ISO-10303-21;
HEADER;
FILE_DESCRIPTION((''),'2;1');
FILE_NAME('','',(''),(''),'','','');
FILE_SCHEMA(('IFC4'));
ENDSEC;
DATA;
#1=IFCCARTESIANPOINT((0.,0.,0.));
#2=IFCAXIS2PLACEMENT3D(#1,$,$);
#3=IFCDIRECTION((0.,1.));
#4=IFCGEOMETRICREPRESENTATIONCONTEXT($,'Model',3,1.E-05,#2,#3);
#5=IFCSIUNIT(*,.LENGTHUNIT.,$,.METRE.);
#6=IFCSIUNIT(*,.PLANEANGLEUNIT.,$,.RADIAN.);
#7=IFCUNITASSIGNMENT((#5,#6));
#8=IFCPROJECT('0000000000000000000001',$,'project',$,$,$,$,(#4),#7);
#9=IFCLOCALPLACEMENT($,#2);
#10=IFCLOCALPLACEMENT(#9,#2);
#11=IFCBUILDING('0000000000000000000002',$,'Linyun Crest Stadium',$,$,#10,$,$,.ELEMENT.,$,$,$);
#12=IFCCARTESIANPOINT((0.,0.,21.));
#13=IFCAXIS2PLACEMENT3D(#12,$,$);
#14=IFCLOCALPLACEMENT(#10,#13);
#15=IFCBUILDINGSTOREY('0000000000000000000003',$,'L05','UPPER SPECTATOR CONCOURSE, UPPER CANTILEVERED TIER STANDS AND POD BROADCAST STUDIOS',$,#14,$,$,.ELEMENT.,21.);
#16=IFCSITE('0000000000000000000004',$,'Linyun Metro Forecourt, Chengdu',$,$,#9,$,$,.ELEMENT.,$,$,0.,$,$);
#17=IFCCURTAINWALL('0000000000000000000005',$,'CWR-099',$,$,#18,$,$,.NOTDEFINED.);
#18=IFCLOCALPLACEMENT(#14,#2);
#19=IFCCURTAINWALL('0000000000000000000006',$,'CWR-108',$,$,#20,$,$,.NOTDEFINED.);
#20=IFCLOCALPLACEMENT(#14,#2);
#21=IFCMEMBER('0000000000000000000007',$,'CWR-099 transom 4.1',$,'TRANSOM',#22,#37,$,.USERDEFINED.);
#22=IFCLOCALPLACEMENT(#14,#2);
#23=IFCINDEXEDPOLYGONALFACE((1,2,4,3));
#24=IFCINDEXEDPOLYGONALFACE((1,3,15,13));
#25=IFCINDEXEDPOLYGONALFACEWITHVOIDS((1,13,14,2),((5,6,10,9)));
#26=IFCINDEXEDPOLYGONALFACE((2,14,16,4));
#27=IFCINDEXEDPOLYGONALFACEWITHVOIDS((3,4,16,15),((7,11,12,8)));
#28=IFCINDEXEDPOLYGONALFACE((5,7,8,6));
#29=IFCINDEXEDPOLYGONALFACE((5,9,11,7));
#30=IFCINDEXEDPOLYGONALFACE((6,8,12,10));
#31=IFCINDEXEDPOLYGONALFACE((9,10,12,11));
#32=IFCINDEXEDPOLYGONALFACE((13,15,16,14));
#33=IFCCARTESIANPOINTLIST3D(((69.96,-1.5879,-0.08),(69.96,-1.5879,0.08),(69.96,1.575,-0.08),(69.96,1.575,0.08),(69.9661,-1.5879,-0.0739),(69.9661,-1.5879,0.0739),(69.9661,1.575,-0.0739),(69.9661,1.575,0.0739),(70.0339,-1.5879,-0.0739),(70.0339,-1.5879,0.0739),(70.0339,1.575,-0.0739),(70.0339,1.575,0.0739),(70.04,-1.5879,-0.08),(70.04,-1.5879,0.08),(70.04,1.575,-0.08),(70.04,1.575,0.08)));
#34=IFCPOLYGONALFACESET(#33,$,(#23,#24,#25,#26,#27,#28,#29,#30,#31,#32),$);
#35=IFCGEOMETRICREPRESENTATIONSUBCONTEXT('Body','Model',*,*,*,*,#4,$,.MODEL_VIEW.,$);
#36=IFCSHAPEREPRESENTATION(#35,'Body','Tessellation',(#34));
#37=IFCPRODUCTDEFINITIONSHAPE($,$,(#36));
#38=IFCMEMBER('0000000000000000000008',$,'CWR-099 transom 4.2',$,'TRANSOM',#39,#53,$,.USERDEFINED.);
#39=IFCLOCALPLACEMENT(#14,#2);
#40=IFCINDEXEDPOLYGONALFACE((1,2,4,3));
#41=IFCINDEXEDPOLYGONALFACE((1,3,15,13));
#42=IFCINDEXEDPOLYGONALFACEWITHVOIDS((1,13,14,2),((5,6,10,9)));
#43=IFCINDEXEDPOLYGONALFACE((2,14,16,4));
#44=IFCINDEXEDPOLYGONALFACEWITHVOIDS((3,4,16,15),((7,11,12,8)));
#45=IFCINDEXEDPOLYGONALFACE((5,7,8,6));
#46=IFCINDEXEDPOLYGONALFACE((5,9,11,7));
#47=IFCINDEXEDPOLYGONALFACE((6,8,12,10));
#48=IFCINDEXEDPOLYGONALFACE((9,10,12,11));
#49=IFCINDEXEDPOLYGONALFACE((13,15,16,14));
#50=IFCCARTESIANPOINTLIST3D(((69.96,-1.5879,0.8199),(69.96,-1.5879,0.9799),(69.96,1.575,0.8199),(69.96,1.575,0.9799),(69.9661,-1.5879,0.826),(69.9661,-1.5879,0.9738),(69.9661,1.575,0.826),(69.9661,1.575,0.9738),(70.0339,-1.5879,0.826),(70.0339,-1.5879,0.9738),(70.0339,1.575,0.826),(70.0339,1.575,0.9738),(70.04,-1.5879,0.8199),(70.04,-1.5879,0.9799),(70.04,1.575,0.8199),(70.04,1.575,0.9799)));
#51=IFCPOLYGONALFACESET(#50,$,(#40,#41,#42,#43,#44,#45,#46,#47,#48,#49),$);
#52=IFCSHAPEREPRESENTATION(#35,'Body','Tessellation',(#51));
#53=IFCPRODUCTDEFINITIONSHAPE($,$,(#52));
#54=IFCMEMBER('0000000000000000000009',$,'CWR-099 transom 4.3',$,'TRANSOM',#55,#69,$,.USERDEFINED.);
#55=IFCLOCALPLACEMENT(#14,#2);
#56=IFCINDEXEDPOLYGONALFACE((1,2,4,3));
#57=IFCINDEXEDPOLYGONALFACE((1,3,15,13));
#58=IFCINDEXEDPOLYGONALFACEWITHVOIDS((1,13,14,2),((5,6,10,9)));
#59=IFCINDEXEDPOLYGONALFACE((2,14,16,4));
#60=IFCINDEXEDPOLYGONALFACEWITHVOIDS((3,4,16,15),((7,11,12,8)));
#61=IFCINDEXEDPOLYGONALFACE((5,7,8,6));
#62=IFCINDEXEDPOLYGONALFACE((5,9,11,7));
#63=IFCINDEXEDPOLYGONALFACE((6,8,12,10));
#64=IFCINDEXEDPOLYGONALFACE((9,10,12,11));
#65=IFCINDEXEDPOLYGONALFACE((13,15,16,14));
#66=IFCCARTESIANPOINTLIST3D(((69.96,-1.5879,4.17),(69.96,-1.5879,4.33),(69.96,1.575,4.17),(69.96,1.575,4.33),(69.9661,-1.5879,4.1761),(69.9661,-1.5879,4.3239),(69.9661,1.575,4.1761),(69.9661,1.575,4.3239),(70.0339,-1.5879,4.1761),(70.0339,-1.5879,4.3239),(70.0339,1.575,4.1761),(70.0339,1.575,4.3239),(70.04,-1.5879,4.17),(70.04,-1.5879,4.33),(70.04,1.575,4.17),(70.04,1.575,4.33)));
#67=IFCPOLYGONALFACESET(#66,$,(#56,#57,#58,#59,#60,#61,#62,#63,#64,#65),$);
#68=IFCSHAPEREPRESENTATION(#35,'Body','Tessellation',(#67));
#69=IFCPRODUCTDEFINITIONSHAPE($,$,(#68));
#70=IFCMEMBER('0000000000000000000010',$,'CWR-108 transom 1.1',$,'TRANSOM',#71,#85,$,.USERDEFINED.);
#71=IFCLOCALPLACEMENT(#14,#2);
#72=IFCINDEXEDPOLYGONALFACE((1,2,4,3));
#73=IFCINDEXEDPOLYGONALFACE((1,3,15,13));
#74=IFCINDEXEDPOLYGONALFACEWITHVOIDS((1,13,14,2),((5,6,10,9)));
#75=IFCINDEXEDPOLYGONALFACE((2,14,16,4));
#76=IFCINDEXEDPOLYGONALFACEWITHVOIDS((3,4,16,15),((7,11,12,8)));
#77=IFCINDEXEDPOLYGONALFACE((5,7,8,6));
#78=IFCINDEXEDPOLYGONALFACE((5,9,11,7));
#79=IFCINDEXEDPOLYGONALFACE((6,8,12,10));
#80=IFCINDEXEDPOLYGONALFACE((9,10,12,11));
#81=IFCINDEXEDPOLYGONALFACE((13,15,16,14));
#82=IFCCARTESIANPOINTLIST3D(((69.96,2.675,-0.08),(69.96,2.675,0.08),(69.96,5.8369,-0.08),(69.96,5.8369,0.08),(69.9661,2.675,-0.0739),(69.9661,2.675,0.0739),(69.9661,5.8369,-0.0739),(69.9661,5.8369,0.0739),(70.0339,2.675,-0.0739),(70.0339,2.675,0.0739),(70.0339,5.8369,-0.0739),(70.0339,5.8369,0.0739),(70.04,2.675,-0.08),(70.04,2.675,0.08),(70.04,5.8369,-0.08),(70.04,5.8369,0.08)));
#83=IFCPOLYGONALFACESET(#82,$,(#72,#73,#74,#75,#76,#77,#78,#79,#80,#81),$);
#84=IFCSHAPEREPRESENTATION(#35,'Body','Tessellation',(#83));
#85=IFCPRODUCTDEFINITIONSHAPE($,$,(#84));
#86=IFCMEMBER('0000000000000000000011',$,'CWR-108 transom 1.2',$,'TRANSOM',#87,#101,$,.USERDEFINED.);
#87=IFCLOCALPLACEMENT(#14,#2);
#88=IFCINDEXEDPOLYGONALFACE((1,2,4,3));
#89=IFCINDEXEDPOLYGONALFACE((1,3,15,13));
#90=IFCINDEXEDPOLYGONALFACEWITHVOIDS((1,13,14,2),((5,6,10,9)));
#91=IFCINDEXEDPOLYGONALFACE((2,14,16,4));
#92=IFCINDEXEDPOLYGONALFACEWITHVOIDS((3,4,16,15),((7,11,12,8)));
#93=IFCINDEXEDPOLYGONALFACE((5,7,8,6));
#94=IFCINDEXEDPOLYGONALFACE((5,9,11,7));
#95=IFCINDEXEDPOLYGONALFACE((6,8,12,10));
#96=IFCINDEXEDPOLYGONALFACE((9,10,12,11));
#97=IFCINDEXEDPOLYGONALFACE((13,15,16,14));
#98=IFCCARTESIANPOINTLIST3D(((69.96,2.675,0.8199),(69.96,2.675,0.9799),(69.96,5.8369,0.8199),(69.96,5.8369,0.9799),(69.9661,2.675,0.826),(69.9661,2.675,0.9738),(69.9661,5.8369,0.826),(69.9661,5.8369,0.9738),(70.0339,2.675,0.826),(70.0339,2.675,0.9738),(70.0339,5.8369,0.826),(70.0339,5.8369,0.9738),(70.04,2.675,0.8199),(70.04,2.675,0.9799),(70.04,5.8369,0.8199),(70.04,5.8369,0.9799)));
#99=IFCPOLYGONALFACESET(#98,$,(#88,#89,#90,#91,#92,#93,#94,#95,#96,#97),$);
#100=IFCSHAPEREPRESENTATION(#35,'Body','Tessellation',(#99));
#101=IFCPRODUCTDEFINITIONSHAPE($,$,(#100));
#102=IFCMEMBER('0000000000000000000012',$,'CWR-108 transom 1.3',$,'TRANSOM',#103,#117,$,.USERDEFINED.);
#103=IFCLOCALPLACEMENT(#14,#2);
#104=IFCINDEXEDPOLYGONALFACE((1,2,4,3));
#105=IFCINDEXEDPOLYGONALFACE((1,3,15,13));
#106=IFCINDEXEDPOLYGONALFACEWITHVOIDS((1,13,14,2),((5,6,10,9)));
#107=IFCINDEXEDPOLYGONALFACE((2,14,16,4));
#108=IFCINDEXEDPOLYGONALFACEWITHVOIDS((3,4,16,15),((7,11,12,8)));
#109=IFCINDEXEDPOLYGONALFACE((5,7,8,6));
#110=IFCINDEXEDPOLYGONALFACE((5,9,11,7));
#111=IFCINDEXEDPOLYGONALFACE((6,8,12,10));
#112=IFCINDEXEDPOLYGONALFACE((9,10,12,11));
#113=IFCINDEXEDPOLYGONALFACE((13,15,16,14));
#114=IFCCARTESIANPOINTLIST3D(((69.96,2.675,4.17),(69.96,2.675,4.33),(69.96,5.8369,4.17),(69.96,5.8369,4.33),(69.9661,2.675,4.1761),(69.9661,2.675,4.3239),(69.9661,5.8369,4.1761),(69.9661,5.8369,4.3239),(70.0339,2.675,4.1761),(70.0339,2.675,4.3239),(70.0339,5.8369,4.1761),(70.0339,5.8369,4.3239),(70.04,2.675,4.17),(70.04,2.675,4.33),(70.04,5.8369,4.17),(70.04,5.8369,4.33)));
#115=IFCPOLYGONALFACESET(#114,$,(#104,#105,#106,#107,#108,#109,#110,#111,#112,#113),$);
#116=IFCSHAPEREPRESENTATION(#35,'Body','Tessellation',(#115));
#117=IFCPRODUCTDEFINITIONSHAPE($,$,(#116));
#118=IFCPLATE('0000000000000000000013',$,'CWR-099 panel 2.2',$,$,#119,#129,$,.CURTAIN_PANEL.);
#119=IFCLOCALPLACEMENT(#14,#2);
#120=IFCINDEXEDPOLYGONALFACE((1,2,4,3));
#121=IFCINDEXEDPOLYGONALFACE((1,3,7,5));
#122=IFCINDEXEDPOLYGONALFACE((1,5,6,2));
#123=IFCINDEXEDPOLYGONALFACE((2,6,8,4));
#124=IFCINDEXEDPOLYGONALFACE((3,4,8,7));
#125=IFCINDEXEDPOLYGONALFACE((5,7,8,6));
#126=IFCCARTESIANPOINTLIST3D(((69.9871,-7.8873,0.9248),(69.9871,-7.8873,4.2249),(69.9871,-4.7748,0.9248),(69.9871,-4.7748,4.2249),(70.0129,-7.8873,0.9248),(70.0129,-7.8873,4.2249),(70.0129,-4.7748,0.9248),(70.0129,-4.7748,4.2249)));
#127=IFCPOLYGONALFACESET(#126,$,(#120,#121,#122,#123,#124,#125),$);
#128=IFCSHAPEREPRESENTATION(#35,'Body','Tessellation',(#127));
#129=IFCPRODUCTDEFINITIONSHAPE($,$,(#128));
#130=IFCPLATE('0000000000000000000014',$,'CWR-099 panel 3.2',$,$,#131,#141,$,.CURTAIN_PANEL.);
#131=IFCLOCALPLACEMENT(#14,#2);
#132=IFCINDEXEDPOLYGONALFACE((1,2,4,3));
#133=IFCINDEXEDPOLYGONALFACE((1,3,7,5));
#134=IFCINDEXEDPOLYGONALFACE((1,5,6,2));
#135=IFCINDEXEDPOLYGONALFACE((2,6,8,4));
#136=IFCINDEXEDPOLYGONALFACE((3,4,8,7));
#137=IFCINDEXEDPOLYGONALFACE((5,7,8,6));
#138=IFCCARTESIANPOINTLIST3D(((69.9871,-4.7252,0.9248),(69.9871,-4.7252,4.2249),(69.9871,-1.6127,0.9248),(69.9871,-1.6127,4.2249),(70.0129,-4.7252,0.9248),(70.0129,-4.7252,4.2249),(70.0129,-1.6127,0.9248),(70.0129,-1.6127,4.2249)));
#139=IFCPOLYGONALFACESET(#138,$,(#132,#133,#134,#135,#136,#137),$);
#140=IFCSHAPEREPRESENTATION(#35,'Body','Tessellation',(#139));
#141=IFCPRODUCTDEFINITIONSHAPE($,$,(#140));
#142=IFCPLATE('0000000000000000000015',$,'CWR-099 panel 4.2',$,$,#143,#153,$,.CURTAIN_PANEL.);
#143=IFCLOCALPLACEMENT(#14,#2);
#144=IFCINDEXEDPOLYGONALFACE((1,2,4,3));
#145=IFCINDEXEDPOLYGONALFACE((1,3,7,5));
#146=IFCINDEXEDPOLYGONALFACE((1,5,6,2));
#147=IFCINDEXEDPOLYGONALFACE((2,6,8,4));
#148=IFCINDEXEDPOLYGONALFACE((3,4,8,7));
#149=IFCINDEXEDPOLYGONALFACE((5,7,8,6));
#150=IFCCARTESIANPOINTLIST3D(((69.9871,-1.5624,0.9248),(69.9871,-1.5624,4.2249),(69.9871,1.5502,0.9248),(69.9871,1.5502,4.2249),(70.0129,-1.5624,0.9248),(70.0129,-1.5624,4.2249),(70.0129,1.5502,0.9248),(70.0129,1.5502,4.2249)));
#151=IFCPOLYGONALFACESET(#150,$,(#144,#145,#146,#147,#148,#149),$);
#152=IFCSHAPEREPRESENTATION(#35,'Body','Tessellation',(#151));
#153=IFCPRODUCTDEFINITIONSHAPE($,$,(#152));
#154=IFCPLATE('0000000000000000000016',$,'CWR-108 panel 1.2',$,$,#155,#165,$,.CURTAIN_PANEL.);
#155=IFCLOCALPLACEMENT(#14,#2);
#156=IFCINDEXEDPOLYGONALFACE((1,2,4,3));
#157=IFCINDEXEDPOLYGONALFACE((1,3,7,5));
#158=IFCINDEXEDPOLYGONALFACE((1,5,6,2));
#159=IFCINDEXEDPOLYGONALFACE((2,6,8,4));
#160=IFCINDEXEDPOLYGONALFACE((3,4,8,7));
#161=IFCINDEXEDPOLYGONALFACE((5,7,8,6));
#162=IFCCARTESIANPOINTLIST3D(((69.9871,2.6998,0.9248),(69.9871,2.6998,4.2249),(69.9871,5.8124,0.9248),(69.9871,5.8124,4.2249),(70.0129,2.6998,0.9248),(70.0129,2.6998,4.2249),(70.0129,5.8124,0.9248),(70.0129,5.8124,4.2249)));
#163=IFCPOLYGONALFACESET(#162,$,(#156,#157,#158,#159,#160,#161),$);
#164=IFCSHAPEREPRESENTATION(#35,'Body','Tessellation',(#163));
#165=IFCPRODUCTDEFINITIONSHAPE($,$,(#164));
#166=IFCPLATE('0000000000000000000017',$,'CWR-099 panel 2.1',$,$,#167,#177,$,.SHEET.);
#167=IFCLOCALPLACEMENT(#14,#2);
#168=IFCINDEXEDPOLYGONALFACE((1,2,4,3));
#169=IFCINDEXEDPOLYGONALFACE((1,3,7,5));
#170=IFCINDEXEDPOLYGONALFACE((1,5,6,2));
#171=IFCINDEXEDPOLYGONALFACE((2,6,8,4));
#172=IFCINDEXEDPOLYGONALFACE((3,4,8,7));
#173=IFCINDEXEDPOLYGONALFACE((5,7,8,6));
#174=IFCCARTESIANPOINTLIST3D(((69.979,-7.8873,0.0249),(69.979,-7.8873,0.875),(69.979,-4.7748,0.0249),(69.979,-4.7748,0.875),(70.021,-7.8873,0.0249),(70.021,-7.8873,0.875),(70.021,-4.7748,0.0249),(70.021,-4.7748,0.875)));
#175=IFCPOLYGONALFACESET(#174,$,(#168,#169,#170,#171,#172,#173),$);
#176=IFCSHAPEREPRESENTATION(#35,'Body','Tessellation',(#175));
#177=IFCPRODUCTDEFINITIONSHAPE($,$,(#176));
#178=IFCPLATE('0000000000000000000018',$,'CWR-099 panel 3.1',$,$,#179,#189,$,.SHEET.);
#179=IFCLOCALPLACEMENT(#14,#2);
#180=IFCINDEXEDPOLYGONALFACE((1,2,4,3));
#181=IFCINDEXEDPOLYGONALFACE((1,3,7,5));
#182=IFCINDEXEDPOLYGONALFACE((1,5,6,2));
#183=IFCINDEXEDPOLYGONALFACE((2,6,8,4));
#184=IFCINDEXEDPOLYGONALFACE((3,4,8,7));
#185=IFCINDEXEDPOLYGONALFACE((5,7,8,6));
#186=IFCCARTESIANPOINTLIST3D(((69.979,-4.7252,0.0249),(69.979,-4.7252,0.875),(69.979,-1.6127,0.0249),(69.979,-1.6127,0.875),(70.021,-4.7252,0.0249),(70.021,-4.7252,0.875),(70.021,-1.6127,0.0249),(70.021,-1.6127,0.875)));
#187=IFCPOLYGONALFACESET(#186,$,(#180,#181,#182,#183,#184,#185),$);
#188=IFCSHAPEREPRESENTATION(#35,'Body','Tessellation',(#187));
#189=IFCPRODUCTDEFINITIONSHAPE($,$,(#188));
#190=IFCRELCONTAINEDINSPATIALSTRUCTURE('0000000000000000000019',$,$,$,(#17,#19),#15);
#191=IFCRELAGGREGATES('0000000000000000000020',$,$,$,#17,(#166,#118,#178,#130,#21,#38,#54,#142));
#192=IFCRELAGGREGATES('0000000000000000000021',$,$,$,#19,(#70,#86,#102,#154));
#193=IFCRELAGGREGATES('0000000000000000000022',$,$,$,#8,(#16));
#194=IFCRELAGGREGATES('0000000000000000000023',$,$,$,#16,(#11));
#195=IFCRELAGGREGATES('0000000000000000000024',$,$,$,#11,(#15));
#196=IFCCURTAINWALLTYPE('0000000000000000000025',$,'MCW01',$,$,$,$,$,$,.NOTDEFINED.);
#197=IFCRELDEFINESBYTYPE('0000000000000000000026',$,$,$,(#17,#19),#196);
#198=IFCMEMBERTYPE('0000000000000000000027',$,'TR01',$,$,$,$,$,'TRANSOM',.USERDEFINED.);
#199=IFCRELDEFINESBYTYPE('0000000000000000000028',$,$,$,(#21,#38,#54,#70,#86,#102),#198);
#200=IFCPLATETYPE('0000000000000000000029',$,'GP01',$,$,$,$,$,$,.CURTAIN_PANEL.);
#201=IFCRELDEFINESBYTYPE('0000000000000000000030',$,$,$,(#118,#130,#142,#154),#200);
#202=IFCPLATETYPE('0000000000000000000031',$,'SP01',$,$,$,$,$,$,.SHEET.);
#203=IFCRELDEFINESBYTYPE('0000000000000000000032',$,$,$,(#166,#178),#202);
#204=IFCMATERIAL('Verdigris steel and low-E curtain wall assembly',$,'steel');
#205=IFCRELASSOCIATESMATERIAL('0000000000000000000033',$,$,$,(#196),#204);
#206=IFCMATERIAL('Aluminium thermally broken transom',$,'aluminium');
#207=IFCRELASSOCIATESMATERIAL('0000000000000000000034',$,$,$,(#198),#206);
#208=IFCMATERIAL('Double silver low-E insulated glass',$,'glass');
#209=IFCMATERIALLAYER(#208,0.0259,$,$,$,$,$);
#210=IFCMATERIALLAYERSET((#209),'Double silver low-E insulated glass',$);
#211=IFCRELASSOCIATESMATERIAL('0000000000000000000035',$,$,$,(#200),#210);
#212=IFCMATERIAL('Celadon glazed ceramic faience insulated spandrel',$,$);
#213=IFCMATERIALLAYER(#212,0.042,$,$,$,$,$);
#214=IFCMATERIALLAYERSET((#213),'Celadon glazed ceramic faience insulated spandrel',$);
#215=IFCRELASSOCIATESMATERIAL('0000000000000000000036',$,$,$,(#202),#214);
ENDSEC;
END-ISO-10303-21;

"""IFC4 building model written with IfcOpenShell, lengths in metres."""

from ifc_helpers import new_model, si_unit, direction, frame, origin, origin_2d, place, context, subcontext, project, spatial, rectangle, hollow_rectangle, extrude, material, layer, layer_set, material_profile, profile_set, type_object, element, aggregate, save


model = new_model("IFC4")

# Units and contexts
model_context = context("Model", 3, precision=1e-05, world=origin(), true_north=direction((0.0, 1.0)))
body_context = subcontext(model_context, "Body", "Model", "MODEL_VIEW")
ifc_project = project(units=[si_unit("LENGTHUNIT", "METRE"), si_unit("PLANEANGLEUNIT", "RADIAN")], contexts=[model_context])

# Site, building, storey
site_placement = place(None, origin())
site = spatial("IfcSite", under=ifc_project, at=site_placement, Name="Linyun Metro Forecourt, Chengdu", CompositionType="ELEMENT", RefElevation=0.0)
building_placement = place(site_placement, origin())
building = spatial("IfcBuilding", under=site, at=building_placement, Name="Linyun Crest Stadium", CompositionType="ELEMENT")
storey_placement = place(building_placement, frame((0.0, 0.0, 21.0)))
storey = spatial("IfcBuildingStorey", under=building, at=storey_placement, Name="L05", Description="UPPER SPECTATOR CONCOURSE, UPPER CANTILEVERED TIER STANDS AND POD BROADCAST STUDIOS", CompositionType="ELEMENT", Elevation=21.0)

# Curtain walls
ifc_material_1 = material(Name="Verdigris steel and low-E curtain wall assembly", Category="steel")
curtain_wall_type = type_object("IfcCurtainWallType", Name="MCW01", PredefinedType="NOTDEFINED", material=ifc_material_1)
curtain_wall_1_placement = place(storey_placement, origin())
curtain_wall_1 = element("IfcCurtainWall", 1, at=curtain_wall_1_placement, inside=storey, type_object=curtain_wall_type, Name="CWR-099", PredefinedType="NOTDEFINED")
curtain_wall_2_placement = place(storey_placement, origin())
curtain_wall_2 = element("IfcCurtainWall", 2, at=curtain_wall_2_placement, inside=storey, type_object=curtain_wall_type, Name="CWR-108", PredefinedType="NOTDEFINED")

# Members
ifc_material_2 = material(Name="Aluminium thermally broken transom", Category="aluminium")
ifc_material_profile_1 = material_profile(ifc_material_2, hollow_rectangle(XDim=0.0801, YDim=0.1599, WallThickness=0.0061, at=origin_2d()), Name="RHS 160x80x6")
ifc_profile_set_1 = profile_set([ifc_material_profile_1], Name="Aluminium thermally broken transom")
member_type_1 = type_object("IfcMemberType", Name="TR01", ElementType="TRANSOM", PredefinedType="USERDEFINED", material=ifc_profile_set_1)
member_1_placement = place(storey_placement, frame((70.0, -1.5879, 0.0), z_axis=(0.0, 1.0, 0.0), x_axis=(-1.0, 0.0, 0.0)))
member_1 = element("IfcMember", 3, at=member_1_placement, type_object=member_type_1, Name="CWR-099 transom 4.1", ObjectType="TRANSOM", PredefinedType="USERDEFINED", context=body_context, shape_type="SweptSolid", body=[
    extrude(hollow_rectangle(XDim=0.0801, YDim=0.1599, WallThickness=0.0061, at=origin_2d()), origin(), (0.0, 0.0, 1.0), 3.1628),
])
member_2_placement = place(storey_placement, frame((70.0, -1.5879, 0.8999), z_axis=(0.0, 1.0, 0.0), x_axis=(-1.0, 0.0, 0.0)))
member_2 = element("IfcMember", 4, at=member_2_placement, type_object=member_type_1, Name="CWR-099 transom 4.2", ObjectType="TRANSOM", PredefinedType="USERDEFINED", context=body_context, shape_type="SweptSolid", body=[
    extrude(hollow_rectangle(XDim=0.0801, YDim=0.1599, WallThickness=0.0061, at=origin_2d()), origin(), (0.0, 0.0, 1.0), 3.1628),
])
member_3_placement = place(storey_placement, frame((70.0, -1.5879, 4.25), z_axis=(0.0, 1.0, 0.0), x_axis=(-1.0, 0.0, 0.0)))
member_3 = element("IfcMember", 5, at=member_3_placement, type_object=member_type_1, Name="CWR-099 transom 4.3", ObjectType="TRANSOM", PredefinedType="USERDEFINED", context=body_context, shape_type="SweptSolid", body=[
    extrude(hollow_rectangle(XDim=0.0801, YDim=0.1599, WallThickness=0.0061, at=origin_2d()), origin(), (0.0, 0.0, 1.0), 3.1628),
])
member_4_placement = place(storey_placement, frame((70.0, 2.675, 0.0), z_axis=(0.0, 1.0, 0.0), x_axis=(-1.0, 0.0, 0.0)))
member_4 = element("IfcMember", 6, at=member_4_placement, type_object=member_type_1, Name="CWR-108 transom 1.1", ObjectType="TRANSOM", PredefinedType="USERDEFINED", context=body_context, shape_type="SweptSolid", body=[
    extrude(hollow_rectangle(XDim=0.0801, YDim=0.1599, WallThickness=0.0061, at=origin_2d()), origin(), (0.0, 0.0, 1.0), 3.1619),
])
member_5_placement = place(storey_placement, frame((70.0, 2.675, 0.8999), z_axis=(0.0, 1.0, 0.0), x_axis=(-1.0, 0.0, 0.0)))
member_5 = element("IfcMember", 7, at=member_5_placement, type_object=member_type_1, Name="CWR-108 transom 1.2", ObjectType="TRANSOM", PredefinedType="USERDEFINED", context=body_context, shape_type="SweptSolid", body=[
    extrude(hollow_rectangle(XDim=0.0801, YDim=0.1599, WallThickness=0.0061, at=origin_2d()), origin(), (0.0, 0.0, 1.0), 3.1619),
])
member_6_placement = place(storey_placement, frame((70.0, 2.675, 4.25), z_axis=(0.0, 1.0, 0.0), x_axis=(-1.0, 0.0, 0.0)))
member_6 = element("IfcMember", 8, at=member_6_placement, type_object=member_type_1, Name="CWR-108 transom 1.3", ObjectType="TRANSOM", PredefinedType="USERDEFINED", context=body_context, shape_type="SweptSolid", body=[
    extrude(hollow_rectangle(XDim=0.0801, YDim=0.1599, WallThickness=0.0061, at=origin_2d()), origin(), (0.0, 0.0, 1.0), 3.1619),
])

# Plates
ifc_material_3 = material(Name="Double silver low-E insulated glass", Category="glass")
ifc_layer_1 = layer(ifc_material_3, 0.0259)
ifc_layer_set_1 = layer_set([ifc_layer_1], Name="Double silver low-E insulated glass")
plate_type_1 = type_object("IfcPlateType", Name="GP01", PredefinedType="CURTAIN_PANEL", material=ifc_layer_set_1)
plate_1_placement = place(storey_placement, frame((70.0, -6.3311, 0.9248), z_axis=(0.0, 0.0, 1.0), x_axis=(0.0, 1.0, 0.0)))
plate_1 = element("IfcPlate", 9, at=plate_1_placement, type_object=plate_type_1, Name="CWR-099 panel 2.2", PredefinedType="CURTAIN_PANEL", context=body_context, shape_type="SweptSolid", body=[
    extrude(rectangle(XDim=3.1125, YDim=0.0259, at=origin_2d()), origin(), (0.0, 0.0, 1.0), 3.3),
])
plate_2_placement = place(storey_placement, frame((70.0, -3.1689, 0.9248), z_axis=(0.0, 0.0, 1.0), x_axis=(0.0, 1.0, 0.0)))
plate_2 = element("IfcPlate", 10, at=plate_2_placement, type_object=plate_type_1, Name="CWR-099 panel 3.2", PredefinedType="CURTAIN_PANEL", context=body_context, shape_type="SweptSolid", body=[
    extrude(rectangle(XDim=3.1125, YDim=0.0259, at=origin_2d()), origin(), (0.0, 0.0, 1.0), 3.3),
])
plate_3_placement = place(storey_placement, frame((70.0, -0.0061, 0.9248), z_axis=(0.0, 0.0, 1.0), x_axis=(0.0, 1.0, 0.0)))
plate_3 = element("IfcPlate", 11, at=plate_3_placement, type_object=plate_type_1, Name="CWR-099 panel 4.2", PredefinedType="CURTAIN_PANEL", context=body_context, shape_type="SweptSolid", body=[
    extrude(rectangle(XDim=3.1125, YDim=0.0259, at=origin_2d()), origin(), (0.0, 0.0, 1.0), 3.3),
])
plate_4_placement = place(storey_placement, frame((70.0, 4.2561, 0.9248), z_axis=(0.0, 0.0, 1.0), x_axis=(0.0, 1.0, 0.0)))
plate_4 = element("IfcPlate", 12, at=plate_4_placement, type_object=plate_type_1, Name="CWR-108 panel 1.2", PredefinedType="CURTAIN_PANEL", context=body_context, shape_type="SweptSolid", body=[
    extrude(rectangle(XDim=3.1125, YDim=0.0259, at=origin_2d()), origin(), (0.0, 0.0, 1.0), 3.3),
])
ifc_material_4 = material(Name="Celadon glazed ceramic faience insulated spandrel")
ifc_layer_2 = layer(ifc_material_4, 0.042)
ifc_layer_set_2 = layer_set([ifc_layer_2], Name="Celadon glazed ceramic faience insulated spandrel")
plate_type_2 = type_object("IfcPlateType", Name="SP01", PredefinedType="SHEET", material=ifc_layer_set_2)
plate_5_placement = place(storey_placement, frame((70.0, -6.3311, 0.0249), z_axis=(0.0, 0.0, 1.0), x_axis=(0.0, 1.0, 0.0)))
plate_5 = element("IfcPlate", 13, at=plate_5_placement, type_object=plate_type_2, Name="CWR-099 panel 2.1", PredefinedType="SHEET", context=body_context, shape_type="SweptSolid", body=[
    extrude(rectangle(XDim=3.1125, YDim=0.042, at=origin_2d()), origin(), (0.0, 0.0, 1.0), 0.8501),
])
plate_6_placement = place(storey_placement, frame((70.0, -3.1689, 0.0249), z_axis=(0.0, 0.0, 1.0), x_axis=(0.0, 1.0, 0.0)))
plate_6 = element("IfcPlate", 14, at=plate_6_placement, type_object=plate_type_2, Name="CWR-099 panel 3.1", PredefinedType="SHEET", context=body_context, shape_type="SweptSolid", body=[
    extrude(rectangle(XDim=3.1125, YDim=0.042, at=origin_2d()), origin(), (0.0, 0.0, 1.0), 0.8501),
])
aggregate(curtain_wall_1, [plate_5, plate_1, plate_6, plate_2, member_1, member_2, member_3, plate_3])
aggregate(curtain_wall_2, [member_4, member_5, member_6, plate_4])

save(model, "model.ifc")
